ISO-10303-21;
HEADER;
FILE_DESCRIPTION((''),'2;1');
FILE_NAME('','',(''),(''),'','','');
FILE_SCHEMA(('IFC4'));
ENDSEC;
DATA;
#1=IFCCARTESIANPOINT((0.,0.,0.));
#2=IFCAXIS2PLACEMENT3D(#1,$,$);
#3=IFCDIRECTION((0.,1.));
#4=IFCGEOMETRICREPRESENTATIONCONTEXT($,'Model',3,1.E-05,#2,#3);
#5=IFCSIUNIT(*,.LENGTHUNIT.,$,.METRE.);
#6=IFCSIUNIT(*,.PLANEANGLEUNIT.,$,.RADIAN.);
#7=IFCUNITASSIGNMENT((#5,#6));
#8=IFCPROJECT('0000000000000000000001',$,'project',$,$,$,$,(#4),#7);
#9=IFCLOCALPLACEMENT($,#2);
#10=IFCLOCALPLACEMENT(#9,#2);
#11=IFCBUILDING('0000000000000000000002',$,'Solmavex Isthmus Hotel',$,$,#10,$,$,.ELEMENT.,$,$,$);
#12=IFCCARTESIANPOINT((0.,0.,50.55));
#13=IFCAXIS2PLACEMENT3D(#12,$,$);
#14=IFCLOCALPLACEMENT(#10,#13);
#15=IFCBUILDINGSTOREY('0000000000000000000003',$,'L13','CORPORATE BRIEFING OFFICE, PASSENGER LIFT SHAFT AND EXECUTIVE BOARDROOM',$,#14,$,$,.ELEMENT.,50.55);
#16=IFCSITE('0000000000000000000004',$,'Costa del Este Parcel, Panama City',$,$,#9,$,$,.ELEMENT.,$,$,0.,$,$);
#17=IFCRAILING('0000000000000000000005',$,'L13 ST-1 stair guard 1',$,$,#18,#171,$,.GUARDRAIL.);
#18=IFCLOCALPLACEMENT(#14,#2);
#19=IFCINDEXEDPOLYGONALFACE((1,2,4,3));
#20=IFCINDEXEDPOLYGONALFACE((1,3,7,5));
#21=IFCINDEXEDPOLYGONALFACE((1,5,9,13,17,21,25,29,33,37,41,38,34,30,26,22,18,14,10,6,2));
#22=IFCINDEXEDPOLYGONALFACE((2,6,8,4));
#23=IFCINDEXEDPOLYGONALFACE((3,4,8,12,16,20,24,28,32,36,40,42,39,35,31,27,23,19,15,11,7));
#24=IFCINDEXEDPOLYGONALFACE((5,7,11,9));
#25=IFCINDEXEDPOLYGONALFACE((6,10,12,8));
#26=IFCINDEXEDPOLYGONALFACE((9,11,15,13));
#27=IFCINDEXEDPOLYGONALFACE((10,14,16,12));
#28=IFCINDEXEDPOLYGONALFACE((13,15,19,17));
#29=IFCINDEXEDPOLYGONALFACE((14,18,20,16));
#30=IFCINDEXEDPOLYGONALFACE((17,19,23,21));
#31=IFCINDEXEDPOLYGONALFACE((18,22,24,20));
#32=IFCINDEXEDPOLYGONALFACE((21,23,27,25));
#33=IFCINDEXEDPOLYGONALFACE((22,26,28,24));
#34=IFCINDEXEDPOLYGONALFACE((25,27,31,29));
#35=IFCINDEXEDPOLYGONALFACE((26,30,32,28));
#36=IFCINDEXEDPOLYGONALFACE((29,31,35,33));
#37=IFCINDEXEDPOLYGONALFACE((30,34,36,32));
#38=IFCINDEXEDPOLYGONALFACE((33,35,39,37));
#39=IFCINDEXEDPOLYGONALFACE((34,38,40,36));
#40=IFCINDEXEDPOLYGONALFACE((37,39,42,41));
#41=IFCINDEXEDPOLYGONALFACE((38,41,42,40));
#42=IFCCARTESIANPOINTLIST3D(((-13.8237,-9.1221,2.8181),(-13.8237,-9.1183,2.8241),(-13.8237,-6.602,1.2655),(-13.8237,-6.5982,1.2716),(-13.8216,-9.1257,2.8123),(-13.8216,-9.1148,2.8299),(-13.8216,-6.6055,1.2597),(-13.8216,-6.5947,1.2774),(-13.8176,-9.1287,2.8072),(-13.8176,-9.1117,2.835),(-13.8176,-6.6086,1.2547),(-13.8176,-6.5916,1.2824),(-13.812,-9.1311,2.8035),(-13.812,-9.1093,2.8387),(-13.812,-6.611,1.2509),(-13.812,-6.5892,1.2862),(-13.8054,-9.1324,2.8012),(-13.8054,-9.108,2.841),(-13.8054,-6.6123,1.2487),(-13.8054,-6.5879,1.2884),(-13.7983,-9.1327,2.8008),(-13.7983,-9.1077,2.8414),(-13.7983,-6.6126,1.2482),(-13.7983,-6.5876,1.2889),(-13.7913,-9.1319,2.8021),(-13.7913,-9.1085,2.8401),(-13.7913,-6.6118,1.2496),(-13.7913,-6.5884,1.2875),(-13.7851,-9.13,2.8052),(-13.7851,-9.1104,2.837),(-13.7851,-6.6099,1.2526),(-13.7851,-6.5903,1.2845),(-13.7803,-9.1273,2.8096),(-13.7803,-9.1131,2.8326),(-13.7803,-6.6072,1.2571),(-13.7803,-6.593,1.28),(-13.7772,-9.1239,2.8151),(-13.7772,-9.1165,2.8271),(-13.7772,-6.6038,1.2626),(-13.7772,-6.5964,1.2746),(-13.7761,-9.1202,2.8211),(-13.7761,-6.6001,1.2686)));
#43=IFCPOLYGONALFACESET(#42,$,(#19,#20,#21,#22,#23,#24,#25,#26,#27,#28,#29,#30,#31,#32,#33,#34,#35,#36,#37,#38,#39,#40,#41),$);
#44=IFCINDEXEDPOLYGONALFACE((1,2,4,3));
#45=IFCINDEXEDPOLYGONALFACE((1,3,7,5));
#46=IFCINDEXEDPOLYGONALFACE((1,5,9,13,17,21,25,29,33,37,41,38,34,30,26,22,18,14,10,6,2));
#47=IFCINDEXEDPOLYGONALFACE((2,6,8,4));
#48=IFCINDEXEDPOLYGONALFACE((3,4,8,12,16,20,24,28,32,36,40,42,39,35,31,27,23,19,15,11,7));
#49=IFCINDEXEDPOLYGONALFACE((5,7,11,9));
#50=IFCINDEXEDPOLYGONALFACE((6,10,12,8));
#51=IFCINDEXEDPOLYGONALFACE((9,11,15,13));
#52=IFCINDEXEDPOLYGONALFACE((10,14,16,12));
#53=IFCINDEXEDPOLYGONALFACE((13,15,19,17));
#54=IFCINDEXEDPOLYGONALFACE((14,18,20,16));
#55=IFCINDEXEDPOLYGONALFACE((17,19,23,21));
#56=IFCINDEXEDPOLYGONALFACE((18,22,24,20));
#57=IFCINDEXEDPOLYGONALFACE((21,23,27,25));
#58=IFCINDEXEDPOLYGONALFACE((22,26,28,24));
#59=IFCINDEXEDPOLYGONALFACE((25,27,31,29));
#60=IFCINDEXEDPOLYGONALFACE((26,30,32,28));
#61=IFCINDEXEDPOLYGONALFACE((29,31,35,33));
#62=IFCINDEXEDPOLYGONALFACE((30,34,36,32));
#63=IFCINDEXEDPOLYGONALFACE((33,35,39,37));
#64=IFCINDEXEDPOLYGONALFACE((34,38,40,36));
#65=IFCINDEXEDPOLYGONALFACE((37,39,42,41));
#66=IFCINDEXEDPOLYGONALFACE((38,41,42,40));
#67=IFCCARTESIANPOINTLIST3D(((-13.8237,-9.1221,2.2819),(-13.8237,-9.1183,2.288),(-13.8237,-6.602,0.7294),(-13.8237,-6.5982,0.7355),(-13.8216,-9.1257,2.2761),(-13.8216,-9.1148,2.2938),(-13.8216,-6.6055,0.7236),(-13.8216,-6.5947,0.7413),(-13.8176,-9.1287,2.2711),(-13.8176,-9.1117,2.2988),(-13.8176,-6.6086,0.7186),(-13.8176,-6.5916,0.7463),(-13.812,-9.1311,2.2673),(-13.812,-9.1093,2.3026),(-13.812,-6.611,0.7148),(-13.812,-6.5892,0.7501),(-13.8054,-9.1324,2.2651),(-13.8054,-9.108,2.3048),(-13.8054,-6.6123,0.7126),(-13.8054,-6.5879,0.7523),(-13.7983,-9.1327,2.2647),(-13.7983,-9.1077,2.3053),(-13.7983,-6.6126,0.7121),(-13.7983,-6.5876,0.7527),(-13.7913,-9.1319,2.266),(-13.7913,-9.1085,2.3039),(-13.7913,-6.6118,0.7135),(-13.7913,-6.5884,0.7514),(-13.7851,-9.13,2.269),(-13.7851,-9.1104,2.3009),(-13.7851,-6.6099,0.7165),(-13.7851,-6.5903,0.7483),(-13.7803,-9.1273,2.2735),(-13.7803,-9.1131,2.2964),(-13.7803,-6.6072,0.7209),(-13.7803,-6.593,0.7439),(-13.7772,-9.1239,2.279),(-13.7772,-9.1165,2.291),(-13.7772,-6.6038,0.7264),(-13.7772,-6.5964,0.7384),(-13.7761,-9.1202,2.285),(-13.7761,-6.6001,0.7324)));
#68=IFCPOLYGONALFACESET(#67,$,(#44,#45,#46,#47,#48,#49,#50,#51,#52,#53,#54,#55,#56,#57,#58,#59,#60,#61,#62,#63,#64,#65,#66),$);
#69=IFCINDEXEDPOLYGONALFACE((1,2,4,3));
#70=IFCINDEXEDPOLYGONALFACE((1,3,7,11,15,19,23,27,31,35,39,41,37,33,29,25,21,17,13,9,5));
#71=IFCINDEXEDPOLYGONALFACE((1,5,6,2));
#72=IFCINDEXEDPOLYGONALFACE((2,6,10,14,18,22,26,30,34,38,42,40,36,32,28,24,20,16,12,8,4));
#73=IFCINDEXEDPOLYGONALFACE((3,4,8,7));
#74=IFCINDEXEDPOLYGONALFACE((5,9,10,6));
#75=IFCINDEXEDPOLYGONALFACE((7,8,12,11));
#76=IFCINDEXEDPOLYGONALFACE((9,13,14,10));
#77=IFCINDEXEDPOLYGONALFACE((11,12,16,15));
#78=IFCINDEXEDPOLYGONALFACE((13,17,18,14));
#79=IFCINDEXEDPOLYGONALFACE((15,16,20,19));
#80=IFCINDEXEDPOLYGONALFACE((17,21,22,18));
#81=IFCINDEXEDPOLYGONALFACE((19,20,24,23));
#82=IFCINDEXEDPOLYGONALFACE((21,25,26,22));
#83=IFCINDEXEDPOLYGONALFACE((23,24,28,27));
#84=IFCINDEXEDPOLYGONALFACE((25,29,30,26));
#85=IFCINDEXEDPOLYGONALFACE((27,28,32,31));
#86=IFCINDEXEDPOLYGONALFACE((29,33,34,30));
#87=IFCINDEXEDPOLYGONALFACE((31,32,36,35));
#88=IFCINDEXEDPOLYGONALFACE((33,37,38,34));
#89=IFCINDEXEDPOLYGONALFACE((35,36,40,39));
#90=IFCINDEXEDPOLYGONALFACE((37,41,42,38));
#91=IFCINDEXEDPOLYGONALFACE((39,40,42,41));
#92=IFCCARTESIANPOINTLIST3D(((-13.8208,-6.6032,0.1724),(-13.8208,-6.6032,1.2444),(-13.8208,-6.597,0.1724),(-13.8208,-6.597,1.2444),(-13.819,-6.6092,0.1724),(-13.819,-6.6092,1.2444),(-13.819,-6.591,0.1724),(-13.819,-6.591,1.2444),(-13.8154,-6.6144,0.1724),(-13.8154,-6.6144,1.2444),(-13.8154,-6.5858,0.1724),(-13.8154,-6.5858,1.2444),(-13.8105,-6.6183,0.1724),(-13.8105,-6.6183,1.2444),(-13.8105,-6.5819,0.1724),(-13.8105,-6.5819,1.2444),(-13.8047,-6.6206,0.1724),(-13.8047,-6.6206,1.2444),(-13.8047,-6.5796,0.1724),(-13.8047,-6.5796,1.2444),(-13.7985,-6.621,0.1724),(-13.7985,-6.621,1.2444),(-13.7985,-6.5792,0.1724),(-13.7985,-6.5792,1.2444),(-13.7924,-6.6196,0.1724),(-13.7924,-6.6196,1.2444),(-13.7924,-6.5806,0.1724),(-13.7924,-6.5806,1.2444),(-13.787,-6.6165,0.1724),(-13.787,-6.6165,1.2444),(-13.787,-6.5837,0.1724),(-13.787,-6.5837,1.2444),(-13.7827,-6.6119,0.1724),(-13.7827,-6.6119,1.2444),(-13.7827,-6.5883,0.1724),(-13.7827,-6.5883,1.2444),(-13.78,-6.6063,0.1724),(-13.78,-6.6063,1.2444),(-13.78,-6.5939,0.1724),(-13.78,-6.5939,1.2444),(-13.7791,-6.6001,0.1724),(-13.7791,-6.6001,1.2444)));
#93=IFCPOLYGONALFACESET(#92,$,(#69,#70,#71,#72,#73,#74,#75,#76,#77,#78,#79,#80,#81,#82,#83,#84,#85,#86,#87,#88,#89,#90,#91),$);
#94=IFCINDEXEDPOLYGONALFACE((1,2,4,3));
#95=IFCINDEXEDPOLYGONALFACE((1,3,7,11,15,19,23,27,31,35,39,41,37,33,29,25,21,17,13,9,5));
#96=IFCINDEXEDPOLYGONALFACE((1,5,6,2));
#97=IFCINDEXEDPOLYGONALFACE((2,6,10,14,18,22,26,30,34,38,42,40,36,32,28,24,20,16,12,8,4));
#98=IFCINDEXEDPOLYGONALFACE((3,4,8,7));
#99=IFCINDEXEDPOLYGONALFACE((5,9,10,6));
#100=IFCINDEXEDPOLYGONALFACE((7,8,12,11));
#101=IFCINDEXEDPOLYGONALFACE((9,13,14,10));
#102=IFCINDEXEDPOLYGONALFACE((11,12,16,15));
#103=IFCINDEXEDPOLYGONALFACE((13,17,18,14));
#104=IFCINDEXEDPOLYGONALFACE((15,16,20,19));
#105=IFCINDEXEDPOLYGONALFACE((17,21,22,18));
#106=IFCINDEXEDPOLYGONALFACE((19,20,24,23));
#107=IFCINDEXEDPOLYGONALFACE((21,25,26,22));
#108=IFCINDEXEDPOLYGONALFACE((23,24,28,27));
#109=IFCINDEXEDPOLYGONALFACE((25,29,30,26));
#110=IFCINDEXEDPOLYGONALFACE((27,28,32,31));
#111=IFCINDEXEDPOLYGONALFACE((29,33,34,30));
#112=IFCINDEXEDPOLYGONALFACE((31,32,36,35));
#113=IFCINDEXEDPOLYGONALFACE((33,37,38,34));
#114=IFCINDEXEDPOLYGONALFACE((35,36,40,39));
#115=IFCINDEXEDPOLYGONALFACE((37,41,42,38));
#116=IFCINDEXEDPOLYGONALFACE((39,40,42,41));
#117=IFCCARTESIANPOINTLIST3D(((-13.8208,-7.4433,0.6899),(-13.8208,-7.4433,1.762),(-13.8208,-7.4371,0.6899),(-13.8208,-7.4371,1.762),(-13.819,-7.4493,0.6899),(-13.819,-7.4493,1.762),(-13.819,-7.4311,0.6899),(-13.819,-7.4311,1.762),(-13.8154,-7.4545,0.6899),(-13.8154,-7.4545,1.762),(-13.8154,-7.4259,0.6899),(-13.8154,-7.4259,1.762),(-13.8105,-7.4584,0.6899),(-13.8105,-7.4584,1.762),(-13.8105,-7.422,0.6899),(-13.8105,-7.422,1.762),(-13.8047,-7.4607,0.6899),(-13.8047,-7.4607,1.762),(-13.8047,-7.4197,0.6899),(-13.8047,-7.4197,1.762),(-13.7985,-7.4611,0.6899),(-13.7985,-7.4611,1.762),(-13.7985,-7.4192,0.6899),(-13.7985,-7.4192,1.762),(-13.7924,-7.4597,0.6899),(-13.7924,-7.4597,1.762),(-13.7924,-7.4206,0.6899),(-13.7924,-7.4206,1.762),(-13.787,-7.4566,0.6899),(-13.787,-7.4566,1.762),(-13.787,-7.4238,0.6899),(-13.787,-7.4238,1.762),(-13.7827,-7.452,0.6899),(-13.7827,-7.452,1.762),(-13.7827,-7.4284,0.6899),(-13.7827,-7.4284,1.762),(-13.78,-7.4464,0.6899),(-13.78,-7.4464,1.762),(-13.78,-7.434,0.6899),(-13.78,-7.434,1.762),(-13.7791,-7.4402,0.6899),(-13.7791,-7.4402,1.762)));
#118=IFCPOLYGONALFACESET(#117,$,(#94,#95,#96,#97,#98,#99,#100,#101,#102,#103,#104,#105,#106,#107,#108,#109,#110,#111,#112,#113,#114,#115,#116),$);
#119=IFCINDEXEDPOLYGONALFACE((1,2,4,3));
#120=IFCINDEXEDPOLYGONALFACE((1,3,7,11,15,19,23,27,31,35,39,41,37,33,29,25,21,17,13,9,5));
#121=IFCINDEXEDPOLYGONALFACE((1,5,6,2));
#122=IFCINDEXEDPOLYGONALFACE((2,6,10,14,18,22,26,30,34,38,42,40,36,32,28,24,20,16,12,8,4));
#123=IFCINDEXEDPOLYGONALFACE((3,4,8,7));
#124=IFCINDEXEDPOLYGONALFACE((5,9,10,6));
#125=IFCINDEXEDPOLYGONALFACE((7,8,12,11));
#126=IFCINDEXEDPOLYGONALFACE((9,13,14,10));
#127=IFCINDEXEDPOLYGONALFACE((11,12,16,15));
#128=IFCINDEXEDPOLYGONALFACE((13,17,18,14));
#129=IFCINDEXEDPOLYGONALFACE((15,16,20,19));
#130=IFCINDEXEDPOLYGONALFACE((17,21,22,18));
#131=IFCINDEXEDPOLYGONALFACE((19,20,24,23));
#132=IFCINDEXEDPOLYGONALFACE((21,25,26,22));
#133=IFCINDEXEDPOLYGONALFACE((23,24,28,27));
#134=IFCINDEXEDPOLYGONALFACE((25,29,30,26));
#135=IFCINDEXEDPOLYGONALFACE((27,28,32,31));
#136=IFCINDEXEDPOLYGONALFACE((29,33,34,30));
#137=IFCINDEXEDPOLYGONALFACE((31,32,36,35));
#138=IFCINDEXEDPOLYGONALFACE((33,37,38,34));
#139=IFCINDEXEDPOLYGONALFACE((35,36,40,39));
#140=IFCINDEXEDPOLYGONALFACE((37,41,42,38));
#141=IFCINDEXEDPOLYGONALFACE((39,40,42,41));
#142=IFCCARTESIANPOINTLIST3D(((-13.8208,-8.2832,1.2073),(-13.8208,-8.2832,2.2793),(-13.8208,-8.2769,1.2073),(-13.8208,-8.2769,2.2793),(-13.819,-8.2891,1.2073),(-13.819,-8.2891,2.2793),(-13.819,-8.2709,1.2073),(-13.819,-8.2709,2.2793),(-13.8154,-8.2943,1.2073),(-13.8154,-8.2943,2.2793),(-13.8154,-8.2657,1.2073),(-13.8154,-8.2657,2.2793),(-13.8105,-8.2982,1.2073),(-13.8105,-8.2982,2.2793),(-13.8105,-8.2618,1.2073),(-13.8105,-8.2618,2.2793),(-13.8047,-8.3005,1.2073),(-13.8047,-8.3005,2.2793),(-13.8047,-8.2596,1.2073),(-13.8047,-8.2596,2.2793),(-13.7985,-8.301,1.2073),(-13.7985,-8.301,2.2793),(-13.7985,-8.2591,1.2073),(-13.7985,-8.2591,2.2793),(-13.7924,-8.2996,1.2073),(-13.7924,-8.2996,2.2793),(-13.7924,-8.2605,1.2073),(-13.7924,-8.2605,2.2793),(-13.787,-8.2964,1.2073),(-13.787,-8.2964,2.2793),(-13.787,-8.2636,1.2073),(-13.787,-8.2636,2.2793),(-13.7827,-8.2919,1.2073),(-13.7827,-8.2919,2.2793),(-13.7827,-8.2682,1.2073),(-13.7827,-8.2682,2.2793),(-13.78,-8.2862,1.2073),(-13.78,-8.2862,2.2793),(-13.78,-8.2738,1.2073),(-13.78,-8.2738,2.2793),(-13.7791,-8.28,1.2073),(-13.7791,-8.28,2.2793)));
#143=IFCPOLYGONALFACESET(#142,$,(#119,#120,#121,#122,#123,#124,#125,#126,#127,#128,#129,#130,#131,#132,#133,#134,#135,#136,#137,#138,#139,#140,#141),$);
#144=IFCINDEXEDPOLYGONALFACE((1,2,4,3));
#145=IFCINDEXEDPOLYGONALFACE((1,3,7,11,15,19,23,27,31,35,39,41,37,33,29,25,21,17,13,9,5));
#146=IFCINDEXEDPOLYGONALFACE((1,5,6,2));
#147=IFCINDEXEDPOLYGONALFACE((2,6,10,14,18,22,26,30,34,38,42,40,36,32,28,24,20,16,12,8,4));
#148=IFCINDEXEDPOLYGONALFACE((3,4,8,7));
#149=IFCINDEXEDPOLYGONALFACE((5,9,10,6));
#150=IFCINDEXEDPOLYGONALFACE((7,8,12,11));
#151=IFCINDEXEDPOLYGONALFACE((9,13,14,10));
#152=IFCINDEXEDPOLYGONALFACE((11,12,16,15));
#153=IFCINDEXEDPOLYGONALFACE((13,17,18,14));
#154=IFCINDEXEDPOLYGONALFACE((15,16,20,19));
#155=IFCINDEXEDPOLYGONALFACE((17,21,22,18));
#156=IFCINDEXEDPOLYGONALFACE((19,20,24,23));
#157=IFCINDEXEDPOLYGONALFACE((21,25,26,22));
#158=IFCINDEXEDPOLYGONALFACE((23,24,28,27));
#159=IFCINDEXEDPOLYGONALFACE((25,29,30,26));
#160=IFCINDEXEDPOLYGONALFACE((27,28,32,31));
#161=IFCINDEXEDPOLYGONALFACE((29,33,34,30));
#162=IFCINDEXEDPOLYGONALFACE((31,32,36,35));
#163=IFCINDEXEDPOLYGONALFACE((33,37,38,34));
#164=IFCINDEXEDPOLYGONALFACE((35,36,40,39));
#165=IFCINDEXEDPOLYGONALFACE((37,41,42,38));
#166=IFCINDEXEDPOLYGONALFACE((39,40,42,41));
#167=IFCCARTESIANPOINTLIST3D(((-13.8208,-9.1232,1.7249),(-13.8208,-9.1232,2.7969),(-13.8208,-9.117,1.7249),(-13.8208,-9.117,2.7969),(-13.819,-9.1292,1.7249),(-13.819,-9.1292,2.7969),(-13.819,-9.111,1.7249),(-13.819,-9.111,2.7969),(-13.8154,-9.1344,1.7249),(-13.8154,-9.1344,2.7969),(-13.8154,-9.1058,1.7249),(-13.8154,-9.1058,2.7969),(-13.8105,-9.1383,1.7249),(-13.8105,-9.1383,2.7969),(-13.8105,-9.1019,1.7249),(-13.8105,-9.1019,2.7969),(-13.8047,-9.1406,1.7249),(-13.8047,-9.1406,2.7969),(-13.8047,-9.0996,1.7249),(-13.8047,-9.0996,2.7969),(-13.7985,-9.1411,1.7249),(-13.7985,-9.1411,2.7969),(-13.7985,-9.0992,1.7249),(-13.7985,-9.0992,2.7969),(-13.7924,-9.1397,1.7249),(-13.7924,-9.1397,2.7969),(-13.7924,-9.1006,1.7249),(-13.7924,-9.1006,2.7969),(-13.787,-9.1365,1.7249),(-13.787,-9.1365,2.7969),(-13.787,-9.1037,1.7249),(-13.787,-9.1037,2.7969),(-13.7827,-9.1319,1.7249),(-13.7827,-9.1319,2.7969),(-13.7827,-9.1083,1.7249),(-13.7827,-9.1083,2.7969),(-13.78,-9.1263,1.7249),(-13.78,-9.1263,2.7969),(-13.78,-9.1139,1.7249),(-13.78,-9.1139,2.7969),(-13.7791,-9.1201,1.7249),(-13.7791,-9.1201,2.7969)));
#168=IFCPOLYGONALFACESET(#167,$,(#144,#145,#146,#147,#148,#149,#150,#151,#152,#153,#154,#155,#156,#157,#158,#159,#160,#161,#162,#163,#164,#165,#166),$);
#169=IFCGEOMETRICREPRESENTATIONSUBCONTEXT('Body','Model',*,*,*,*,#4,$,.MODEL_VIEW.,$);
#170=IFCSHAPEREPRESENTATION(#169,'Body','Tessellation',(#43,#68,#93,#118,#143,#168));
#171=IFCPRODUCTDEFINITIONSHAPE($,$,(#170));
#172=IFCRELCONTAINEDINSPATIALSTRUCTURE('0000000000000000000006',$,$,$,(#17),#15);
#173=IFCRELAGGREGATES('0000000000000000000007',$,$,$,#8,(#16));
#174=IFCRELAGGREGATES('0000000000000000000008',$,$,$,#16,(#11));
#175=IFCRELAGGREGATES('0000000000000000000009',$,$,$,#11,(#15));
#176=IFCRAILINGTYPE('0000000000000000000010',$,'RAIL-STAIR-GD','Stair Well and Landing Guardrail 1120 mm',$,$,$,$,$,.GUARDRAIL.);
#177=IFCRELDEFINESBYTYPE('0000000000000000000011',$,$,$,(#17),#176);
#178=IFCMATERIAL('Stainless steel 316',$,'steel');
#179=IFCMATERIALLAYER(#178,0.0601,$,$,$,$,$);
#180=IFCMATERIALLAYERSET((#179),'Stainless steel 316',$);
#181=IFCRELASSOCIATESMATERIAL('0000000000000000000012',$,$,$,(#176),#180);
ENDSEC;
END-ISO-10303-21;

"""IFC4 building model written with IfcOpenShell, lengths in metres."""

from ifc_helpers import new_model, si_unit, direction, frame, origin, origin_2d, place, context, subcontext, project, spatial, circle, extrude, material, layer, layer_set, type_object, element, save


model = new_model("IFC4")

# Units and contexts
model_context = context("Model", 3, precision=1e-05, world=origin(), true_north=direction((0.0, 1.0)))
body_context = subcontext(model_context, "Body", "Model", "MODEL_VIEW")
ifc_project = project(units=[si_unit("LENGTHUNIT", "METRE"), si_unit("PLANEANGLEUNIT", "RADIAN")], contexts=[model_context])

# Site, building, storey
site_placement = place(None, origin())
site = spatial("IfcSite", under=ifc_project, at=site_placement, Name="Costa del Este Parcel, Panama City", CompositionType="ELEMENT", RefElevation=0.0)
building_placement = place(site_placement, origin())
building = spatial("IfcBuilding", under=site, at=building_placement, Name="Solmavex Isthmus Hotel", CompositionType="ELEMENT")
storey_placement = place(building_placement, frame((0.0, 0.0, 50.55)))
storey = spatial("IfcBuildingStorey", under=building, at=storey_placement, Name="L13", Description="CORPORATE BRIEFING OFFICE, PASSENGER LIFT SHAFT AND EXECUTIVE BOARDROOM", CompositionType="ELEMENT", Elevation=50.55)

# Railing
ifc_material_1 = material(Name="Stainless steel 316", Category="steel")
ifc_layer_1 = layer(ifc_material_1, 0.0601)
ifc_layer_set_1 = layer_set([ifc_layer_1], Name="Stainless steel 316")
railing_type_1 = type_object("IfcRailingType", Name="RAIL-STAIR-GD", Description="Stair Well and Landing Guardrail 1120 mm", PredefinedType="GUARDRAIL", material=ifc_layer_set_1)
railing_1_placement = place(storey_placement, frame((-13.8, -6.6001, 0.1724)))
element("IfcRailing", 1, at=railing_1_placement, inside=storey, type_object=railing_type_1, Name="L13 ST-1 stair guard 1", PredefinedType="GUARDRAIL", context=body_context, shape_type="SweptSolid", body=[
    extrude(circle(Radius=0.0239, at=origin_2d()), frame((0.0, 0.0, 1.0962), z_axis=(0.0, -0.8514, 0.524516), x_axis=(1.0, 0.0, 0.0)), (0.0, 0.0, 1.0), 2.96),
    extrude(circle(Radius=0.0239, at=origin_2d()), frame((0.0, 0.0, 0.5601), z_axis=(0.0, -0.8514, 0.524516), x_axis=(1.0, 0.0, 0.0)), (0.0, 0.0, 1.0), 2.96),
    extrude(circle(Radius=0.021, at=origin_2d()), origin(), (0.0, 0.0, 1.0), 1.072),
    extrude(circle(Radius=0.021, at=origin_2d()), frame((0.0, -0.8401, 0.5176)), (0.0, 0.0, 1.0), 1.072),
    extrude(circle(Radius=0.021, at=origin_2d()), frame((0.0, -1.6799, 1.0349)), (0.0, 0.0, 1.0), 1.072),
    extrude(circle(Radius=0.021, at=origin_2d()), frame((0.0, -2.52, 1.5525)), (0.0, 0.0, 1.0), 1.072),
])

save(model, "model.ifc")
